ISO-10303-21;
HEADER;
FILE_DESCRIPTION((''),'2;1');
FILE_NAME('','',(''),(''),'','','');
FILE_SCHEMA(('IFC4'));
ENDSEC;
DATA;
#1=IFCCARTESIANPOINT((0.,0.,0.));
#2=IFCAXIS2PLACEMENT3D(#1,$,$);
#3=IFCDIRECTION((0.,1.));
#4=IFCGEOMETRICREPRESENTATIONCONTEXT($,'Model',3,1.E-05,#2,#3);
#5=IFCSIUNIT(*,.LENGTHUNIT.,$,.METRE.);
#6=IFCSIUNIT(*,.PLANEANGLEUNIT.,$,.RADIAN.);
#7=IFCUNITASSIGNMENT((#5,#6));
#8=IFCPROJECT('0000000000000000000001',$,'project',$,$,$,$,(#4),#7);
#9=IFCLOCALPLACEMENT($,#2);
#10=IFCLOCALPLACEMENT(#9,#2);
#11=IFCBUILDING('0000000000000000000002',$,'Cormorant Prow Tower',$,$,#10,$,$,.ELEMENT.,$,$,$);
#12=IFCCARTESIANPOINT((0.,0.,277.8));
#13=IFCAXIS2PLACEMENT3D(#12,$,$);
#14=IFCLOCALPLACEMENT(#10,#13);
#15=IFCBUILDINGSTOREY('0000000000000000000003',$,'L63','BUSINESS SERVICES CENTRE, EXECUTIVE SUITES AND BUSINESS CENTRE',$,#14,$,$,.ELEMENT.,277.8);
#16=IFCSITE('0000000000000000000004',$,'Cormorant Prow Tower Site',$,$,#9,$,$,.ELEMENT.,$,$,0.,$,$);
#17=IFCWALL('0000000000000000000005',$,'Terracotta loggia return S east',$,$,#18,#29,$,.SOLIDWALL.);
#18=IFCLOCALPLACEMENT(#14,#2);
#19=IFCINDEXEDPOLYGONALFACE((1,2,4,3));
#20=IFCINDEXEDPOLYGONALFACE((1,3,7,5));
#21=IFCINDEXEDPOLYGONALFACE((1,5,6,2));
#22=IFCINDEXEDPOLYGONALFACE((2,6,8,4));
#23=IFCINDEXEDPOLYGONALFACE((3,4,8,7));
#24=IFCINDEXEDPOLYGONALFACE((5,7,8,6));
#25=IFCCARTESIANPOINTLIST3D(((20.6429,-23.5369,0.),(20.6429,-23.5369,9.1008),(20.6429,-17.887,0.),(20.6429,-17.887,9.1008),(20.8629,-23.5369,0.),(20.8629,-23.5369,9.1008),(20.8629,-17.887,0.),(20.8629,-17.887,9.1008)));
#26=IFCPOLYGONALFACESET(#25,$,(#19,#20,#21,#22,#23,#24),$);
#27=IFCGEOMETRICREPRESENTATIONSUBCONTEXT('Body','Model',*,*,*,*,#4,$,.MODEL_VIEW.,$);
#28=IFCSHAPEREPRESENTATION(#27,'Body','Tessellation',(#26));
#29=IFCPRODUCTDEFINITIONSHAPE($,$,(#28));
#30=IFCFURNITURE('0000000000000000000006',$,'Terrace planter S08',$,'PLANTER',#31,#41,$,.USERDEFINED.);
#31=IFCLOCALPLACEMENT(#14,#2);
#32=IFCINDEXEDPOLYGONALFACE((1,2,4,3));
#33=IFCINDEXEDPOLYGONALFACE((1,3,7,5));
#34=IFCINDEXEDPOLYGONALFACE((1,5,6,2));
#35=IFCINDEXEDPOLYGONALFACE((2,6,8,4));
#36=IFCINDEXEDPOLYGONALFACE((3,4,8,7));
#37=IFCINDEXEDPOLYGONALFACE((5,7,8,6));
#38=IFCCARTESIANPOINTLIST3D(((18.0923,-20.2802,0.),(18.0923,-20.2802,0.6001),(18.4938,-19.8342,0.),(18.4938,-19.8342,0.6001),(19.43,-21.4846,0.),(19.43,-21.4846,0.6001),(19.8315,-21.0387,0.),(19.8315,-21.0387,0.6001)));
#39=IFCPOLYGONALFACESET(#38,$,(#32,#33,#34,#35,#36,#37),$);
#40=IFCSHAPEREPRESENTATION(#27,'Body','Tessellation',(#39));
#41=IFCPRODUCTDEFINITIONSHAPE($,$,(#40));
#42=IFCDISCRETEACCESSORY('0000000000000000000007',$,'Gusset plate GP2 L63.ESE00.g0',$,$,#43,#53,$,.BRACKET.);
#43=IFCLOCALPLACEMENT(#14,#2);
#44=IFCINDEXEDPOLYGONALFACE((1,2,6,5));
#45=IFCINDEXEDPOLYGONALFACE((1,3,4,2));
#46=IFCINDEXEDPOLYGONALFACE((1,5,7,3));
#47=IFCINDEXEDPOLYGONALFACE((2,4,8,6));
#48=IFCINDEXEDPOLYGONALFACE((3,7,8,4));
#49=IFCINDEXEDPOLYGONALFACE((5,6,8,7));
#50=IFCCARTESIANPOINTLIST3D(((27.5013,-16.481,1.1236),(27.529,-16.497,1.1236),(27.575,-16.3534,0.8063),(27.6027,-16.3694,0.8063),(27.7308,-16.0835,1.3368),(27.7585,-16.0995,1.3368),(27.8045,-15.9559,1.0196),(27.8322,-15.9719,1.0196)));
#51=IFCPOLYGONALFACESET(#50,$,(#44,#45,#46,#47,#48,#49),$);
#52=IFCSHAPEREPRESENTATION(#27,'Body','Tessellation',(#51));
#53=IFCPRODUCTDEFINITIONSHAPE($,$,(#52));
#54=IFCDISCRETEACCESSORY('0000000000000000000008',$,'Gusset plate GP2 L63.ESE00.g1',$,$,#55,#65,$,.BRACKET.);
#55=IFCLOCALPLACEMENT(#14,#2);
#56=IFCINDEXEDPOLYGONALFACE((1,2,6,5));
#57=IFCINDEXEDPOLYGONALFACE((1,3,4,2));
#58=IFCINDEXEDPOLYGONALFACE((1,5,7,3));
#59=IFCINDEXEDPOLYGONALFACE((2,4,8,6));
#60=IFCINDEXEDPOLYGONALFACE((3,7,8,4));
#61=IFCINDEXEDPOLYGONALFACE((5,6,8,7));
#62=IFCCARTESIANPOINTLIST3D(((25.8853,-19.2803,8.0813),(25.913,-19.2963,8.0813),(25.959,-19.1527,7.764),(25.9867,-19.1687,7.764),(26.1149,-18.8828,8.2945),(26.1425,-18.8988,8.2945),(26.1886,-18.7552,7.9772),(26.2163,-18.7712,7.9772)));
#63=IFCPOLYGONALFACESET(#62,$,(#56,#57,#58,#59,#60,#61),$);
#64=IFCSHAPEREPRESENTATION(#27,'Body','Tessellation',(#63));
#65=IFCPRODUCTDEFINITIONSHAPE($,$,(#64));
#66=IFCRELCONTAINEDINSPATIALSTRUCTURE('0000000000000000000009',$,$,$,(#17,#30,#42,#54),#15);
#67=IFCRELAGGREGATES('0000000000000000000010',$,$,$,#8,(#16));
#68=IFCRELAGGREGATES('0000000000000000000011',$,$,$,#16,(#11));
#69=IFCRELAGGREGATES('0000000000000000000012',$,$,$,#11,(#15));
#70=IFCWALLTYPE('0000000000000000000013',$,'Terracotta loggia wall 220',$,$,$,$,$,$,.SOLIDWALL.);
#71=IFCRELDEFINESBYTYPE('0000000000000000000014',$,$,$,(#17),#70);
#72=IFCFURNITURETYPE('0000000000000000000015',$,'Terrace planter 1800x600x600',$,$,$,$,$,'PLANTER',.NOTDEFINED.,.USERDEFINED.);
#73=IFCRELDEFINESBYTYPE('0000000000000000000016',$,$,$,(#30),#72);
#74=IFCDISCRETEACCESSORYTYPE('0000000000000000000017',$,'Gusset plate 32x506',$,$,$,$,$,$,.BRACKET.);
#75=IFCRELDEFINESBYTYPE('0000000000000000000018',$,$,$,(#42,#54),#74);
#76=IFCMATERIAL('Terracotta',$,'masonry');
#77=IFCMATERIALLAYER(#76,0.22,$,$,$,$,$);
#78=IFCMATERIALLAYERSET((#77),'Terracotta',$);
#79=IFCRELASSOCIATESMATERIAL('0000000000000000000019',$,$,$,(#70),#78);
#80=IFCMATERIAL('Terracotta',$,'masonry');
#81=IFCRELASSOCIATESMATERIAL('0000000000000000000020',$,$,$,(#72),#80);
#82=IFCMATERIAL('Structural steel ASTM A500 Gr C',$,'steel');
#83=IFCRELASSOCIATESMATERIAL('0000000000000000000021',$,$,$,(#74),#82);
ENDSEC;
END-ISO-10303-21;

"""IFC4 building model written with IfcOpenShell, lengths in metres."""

from ifc_helpers import new_model, si_unit, direction, frame, frame_2d, origin, origin_2d, place, context, subcontext, project, spatial, rectangle, extrude, material, layer, layer_set, material_profile, profile_set, type_object, element, save


model = new_model("IFC4")

# Units and contexts
model_context = context("Model", 3, precision=1e-05, world=origin(), true_north=direction((0.0, 1.0)))
body_context = subcontext(model_context, "Body", "Model", "MODEL_VIEW")
ifc_project = project(units=[si_unit("LENGTHUNIT", "METRE"), si_unit("PLANEANGLEUNIT", "RADIAN")], contexts=[model_context])

# Site, building, storey
site_placement = place(None, origin())
site = spatial("IfcSite", under=ifc_project, at=site_placement, Name="Cormorant Prow Tower Site", CompositionType="ELEMENT", RefElevation=0.0)
building_placement = place(site_placement, origin())
building = spatial("IfcBuilding", under=site, at=building_placement, Name="Cormorant Prow Tower", CompositionType="ELEMENT")
storey_placement = place(building_placement, frame((0.0, 0.0, 277.8)))
storey = spatial("IfcBuildingStorey", under=building, at=storey_placement, Name="L63", Description="BUSINESS SERVICES CENTRE, EXECUTIVE SUITES AND BUSINESS CENTRE", CompositionType="ELEMENT", Elevation=277.8)

# Wall
ifc_material_1 = material(Name="Terracotta", Category="masonry")
ifc_layer_1 = layer(ifc_material_1, 0.22)
ifc_layer_set_1 = layer_set([ifc_layer_1], Name="Terracotta")
wall_type_1 = type_object("IfcWallType", Name="Terracotta loggia wall 220", PredefinedType="SOLIDWALL", material=ifc_layer_set_1)
wall_1_placement = place(storey_placement, frame((20.7529, -23.5369, 0.0), z_axis=(0.0, 0.0, 1.0), x_axis=(0.0, 1.0, 0.0)))
element("IfcWall", 1, at=wall_1_placement, inside=storey, type_object=wall_type_1, Name="Terracotta loggia return S east", PredefinedType="SOLIDWALL", context=body_context, shape_type="SweptSolid", body=[
    extrude(rectangle(XDim=5.6499, YDim=0.22, at=frame_2d((2.825, 0.0))), origin(), (0.0, 0.0, 1.0), 9.1008),
])

# Furniture
ifc_material_2 = material(Name="Terracotta", Category="masonry")
furniture_type = type_object("IfcFurnitureType", Name="Terrace planter 1800x600x600", ElementType="PLANTER", AssemblyPlace="NOTDEFINED", PredefinedType="USERDEFINED", material=ifc_material_2)
furniture_placement = place(storey_placement, frame((18.9619, -20.6594, 0.0), z_axis=(0.0, 0.0, 1.0), x_axis=(0.743145, -0.669131, 0.0)))
element("IfcFurniture", 2, at=furniture_placement, inside=storey, type_object=furniture_type, Name="Terrace planter S08", ObjectType="PLANTER", PredefinedType="USERDEFINED", context=body_context, shape_type="SweptSolid", body=[
    extrude(rectangle(XDim=1.8, YDim=0.6001, at=origin_2d()), origin(), (0.0, 0.0, 1.0), 0.6001),
])

# Discrete accessories
ifc_material_3 = material(Name="Structural steel ASTM A500 Gr C", Category="steel")
ifc_material_profile_1 = material_profile(ifc_material_3, rectangle(XDim=0.032, YDim=0.5061, at=origin_2d()), Name="Gusset plate 32x506")
ifc_profile_set_1 = profile_set([ifc_material_profile_1], Name="Structural steel ASTM A500 Gr C")
discrete_accessory_type = type_object("IfcDiscreteAccessoryType", Name="Gusset plate 32x506", PredefinedType="BRACKET", material=ifc_profile_set_1)
for number, where, z_axis, x_axis, name in (
    (3, (27.6299, -16.2903, 1.2302), (0.210683, 0.364858, -0.906913), (-0.865993, 0.500057, 0.0), "Gusset plate GP2 L63.ESE00.g0"),
    (4, (26.0876, -18.9619, 7.8706), (-0.210683, -0.364858, 0.906913), (0.865993, -0.500057, 0.0), "Gusset plate GP2 L63.ESE00.g1"),
):
    element("IfcDiscreteAccessory", number, at=place(storey_placement, frame(where, z_axis=z_axis, x_axis=x_axis)), inside=storey, type_object=discrete_accessory_type, Name=name, PredefinedType="BRACKET", context=body_context, shape_type="SweptSolid", body=[
        extrude(rectangle(XDim=0.032, YDim=0.5061, at=origin_2d()), origin(), (0.0, 0.0, 1.0), 0.3499),
    ])

save(model, "model.ifc")
